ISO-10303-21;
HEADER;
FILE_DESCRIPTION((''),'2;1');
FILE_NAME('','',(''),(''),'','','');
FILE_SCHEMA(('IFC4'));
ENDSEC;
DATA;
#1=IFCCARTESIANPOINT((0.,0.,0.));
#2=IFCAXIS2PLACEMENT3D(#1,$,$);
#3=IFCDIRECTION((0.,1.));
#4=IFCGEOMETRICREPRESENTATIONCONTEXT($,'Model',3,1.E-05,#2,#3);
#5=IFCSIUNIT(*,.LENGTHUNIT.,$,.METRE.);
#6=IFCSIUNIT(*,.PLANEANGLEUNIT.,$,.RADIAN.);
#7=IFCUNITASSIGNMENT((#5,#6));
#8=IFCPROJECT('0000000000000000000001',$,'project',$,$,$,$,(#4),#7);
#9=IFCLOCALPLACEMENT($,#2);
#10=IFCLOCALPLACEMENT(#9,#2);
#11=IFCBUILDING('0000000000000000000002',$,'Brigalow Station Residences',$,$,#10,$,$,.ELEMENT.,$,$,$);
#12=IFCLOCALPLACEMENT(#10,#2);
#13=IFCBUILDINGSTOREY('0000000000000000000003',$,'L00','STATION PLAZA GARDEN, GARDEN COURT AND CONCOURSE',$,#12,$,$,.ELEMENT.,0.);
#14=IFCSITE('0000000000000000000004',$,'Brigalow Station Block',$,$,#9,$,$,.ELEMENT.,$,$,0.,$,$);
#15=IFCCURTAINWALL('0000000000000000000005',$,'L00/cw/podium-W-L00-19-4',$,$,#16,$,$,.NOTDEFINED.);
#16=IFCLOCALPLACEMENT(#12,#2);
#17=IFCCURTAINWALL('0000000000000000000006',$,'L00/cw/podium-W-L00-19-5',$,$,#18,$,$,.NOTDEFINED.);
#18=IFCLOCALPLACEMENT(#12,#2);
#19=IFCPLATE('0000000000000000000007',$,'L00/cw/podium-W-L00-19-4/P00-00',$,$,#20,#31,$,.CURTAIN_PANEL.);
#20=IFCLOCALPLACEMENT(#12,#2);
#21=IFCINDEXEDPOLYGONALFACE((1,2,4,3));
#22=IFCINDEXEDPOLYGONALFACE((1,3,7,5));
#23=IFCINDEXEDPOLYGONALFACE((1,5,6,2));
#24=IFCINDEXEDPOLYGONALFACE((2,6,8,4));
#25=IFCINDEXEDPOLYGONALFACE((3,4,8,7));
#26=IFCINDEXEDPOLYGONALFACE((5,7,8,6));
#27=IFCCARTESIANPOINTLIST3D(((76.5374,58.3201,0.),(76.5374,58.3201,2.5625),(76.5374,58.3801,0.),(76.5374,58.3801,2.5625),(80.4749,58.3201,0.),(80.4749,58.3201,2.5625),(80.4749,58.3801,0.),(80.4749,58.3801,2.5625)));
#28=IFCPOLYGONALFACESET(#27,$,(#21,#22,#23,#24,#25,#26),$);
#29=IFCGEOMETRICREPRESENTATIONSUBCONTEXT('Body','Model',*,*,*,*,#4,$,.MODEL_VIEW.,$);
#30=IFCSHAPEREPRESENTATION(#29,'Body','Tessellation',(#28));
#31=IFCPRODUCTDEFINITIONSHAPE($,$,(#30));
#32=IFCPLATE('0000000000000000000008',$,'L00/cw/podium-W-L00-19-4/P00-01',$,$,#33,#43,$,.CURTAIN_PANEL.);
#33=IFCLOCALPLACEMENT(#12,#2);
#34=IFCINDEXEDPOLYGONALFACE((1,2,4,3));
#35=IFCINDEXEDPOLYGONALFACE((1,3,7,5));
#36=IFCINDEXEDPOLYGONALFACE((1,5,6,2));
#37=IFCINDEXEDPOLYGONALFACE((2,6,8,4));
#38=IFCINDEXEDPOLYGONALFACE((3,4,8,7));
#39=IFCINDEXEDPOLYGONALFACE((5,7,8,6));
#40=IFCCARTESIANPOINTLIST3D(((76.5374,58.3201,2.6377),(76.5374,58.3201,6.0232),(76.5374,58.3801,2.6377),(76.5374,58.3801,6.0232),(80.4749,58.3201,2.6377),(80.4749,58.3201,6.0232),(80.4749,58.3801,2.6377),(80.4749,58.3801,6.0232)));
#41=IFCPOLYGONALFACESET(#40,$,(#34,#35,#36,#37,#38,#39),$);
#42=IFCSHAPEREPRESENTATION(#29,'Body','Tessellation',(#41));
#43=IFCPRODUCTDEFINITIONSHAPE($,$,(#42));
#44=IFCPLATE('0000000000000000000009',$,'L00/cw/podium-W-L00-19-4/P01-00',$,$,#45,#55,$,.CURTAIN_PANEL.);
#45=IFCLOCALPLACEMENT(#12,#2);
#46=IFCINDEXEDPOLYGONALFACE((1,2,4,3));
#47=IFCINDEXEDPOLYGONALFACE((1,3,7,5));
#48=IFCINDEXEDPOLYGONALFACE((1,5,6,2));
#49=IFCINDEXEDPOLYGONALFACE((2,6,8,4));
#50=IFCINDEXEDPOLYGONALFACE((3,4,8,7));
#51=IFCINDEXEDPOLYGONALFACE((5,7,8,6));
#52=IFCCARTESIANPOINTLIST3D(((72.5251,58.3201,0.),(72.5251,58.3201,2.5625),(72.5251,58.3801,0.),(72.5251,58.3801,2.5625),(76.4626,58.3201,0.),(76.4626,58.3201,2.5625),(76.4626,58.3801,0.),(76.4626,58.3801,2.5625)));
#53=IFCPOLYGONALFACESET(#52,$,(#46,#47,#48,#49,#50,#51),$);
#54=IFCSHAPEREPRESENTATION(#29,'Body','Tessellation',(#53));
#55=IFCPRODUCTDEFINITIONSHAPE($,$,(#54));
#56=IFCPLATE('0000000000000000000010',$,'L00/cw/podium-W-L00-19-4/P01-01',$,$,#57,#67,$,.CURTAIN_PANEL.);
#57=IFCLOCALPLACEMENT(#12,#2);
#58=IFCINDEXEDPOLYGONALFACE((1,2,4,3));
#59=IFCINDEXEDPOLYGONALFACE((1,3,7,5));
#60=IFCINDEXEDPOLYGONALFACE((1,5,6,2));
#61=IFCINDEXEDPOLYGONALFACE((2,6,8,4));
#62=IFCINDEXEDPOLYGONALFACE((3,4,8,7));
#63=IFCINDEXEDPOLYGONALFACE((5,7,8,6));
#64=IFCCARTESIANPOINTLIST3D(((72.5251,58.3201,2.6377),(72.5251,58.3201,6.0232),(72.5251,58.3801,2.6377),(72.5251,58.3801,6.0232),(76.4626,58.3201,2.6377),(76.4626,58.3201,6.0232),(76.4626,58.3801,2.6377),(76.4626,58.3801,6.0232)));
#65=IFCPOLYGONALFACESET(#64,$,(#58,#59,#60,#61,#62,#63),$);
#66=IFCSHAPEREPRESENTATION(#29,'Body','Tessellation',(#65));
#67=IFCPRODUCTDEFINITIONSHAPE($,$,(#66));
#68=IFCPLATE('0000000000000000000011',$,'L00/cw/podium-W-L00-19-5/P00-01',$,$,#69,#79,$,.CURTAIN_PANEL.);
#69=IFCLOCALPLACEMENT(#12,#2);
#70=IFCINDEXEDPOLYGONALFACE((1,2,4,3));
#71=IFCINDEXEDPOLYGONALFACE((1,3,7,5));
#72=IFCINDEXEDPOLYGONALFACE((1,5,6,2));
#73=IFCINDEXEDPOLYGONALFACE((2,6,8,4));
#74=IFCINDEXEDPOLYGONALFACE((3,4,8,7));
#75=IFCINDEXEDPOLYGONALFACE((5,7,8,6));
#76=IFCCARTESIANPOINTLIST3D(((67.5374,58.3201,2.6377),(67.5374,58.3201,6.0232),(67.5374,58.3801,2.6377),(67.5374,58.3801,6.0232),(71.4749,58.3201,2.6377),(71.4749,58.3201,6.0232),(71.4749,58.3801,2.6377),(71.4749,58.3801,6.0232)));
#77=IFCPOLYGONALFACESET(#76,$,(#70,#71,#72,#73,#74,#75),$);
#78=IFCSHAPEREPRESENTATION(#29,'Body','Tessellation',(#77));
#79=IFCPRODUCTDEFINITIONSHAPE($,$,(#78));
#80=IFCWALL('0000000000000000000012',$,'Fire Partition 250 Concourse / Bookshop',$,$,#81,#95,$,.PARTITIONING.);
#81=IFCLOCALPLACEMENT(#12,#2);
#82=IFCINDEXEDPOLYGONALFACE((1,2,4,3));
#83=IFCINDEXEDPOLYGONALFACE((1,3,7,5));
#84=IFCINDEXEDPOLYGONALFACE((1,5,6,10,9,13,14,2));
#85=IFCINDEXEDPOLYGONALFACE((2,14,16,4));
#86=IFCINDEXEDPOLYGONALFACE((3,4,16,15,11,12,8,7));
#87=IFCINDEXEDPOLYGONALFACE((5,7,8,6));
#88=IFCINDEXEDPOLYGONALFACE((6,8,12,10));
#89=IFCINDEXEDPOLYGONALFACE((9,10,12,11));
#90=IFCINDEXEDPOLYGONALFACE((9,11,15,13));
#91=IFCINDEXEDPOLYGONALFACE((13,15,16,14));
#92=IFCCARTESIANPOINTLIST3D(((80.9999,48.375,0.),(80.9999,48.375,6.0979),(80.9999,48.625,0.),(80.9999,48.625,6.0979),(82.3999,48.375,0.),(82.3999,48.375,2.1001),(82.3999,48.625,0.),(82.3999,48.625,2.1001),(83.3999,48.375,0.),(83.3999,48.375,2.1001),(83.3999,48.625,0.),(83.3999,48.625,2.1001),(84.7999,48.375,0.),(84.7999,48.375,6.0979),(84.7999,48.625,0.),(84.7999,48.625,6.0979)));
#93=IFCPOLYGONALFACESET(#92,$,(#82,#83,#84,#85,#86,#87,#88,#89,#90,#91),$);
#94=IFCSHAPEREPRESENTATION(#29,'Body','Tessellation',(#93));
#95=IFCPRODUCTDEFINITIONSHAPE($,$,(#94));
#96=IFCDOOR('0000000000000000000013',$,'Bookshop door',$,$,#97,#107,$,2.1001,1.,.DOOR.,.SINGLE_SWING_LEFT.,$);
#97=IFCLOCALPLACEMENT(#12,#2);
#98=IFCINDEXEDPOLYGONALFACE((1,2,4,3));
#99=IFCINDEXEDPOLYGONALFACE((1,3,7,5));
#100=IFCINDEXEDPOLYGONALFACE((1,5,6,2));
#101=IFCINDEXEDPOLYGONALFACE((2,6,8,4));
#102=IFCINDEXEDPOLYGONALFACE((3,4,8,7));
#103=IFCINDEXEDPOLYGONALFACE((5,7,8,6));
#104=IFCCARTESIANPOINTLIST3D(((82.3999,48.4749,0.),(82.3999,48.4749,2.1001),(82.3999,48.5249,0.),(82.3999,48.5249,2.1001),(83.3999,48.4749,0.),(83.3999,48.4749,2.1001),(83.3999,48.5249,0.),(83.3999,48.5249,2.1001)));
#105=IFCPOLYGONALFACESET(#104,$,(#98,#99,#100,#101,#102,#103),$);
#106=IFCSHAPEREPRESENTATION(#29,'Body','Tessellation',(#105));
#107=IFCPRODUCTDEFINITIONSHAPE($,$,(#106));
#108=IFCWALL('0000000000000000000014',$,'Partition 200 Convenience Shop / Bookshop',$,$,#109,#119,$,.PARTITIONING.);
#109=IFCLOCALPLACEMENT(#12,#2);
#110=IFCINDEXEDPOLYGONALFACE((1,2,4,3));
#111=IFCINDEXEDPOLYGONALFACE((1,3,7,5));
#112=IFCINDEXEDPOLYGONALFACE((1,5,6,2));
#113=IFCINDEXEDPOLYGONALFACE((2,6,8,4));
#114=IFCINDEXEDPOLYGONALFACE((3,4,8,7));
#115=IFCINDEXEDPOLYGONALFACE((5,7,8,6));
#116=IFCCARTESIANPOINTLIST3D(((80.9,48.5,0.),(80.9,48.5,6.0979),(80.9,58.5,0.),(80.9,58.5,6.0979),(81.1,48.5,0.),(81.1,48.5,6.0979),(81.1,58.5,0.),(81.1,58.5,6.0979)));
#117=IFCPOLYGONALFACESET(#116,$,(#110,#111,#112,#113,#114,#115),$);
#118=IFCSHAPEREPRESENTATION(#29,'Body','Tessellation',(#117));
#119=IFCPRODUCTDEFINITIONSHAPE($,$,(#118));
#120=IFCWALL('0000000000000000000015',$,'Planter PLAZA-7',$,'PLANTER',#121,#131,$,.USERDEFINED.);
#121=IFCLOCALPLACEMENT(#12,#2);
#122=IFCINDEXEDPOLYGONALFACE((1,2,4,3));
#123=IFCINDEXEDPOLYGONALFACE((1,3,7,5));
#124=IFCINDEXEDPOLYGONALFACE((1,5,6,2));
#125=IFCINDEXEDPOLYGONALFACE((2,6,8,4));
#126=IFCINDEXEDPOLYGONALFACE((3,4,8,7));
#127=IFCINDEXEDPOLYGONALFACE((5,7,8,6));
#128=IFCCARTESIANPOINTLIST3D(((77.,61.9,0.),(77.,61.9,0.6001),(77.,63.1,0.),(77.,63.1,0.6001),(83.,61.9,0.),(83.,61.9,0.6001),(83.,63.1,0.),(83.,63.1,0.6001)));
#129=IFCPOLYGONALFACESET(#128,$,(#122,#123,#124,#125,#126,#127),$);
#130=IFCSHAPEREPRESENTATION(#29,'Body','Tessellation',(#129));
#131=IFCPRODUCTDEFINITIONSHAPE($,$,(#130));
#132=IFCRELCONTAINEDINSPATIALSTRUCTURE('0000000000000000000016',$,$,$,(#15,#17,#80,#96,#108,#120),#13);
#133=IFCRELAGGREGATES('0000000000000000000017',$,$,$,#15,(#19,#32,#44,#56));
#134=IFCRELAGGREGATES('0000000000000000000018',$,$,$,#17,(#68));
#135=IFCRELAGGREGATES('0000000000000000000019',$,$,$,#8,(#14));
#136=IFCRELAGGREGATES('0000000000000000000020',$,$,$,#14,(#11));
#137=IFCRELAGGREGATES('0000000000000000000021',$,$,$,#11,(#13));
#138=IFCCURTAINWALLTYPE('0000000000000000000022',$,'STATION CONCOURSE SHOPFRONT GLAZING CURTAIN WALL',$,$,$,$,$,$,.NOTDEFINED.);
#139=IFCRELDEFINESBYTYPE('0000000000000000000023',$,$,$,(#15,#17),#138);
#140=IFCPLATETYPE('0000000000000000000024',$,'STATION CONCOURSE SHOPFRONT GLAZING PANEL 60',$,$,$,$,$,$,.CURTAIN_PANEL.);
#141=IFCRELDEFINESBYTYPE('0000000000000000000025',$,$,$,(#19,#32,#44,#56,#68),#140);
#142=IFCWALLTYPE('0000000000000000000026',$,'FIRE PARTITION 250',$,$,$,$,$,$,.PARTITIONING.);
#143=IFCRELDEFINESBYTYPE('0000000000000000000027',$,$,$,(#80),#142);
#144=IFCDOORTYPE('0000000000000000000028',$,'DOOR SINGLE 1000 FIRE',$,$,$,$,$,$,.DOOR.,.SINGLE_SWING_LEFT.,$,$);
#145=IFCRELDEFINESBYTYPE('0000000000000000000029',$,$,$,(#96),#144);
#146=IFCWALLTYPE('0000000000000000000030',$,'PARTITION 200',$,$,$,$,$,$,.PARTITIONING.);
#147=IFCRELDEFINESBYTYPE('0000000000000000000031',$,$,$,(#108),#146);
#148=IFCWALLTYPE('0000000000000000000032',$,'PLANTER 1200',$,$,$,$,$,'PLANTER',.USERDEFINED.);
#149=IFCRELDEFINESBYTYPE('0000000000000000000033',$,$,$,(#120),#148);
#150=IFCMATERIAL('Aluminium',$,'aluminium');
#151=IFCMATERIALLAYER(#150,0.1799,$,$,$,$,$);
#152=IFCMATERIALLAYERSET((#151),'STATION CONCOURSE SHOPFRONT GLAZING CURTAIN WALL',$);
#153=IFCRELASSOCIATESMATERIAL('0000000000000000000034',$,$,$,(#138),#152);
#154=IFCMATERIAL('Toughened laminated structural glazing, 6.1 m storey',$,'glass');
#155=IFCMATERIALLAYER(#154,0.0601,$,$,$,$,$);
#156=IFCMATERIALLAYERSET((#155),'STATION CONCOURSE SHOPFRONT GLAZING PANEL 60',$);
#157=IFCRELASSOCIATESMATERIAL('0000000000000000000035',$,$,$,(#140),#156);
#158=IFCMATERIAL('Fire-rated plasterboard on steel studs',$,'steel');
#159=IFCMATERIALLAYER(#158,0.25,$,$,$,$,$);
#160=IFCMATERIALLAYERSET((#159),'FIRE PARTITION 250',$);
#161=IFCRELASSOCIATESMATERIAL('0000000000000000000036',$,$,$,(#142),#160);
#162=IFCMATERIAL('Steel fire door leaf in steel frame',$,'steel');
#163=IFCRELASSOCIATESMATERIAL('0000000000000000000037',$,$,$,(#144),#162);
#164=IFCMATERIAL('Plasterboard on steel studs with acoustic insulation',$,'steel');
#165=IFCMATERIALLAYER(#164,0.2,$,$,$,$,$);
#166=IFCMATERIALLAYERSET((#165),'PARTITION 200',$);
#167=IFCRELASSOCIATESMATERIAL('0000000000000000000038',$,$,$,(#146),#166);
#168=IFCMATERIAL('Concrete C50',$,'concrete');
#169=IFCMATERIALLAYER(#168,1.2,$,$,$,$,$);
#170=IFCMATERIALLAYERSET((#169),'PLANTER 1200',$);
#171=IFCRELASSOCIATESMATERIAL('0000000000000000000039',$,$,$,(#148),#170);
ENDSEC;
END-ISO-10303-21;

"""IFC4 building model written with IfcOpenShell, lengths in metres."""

from ifc_helpers import new_model, si_unit, direction, frame, frame_2d, origin, origin_2d, place, context, subcontext, project, spatial, rectangle, extrude, material, layer, layer_set, type_object, element, fill, aggregate, save


model = new_model("IFC4")

# Units and contexts
model_context = context("Model", 3, precision=1e-05, world=origin(), true_north=direction((0.0, 1.0)))
body_context = subcontext(model_context, "Body", "Model", "MODEL_VIEW")
ifc_project = project(units=[si_unit("LENGTHUNIT", "METRE"), si_unit("PLANEANGLEUNIT", "RADIAN")], contexts=[model_context])

# Site, building, storey
site_placement = place(None, origin())
site = spatial("IfcSite", under=ifc_project, at=site_placement, Name="Brigalow Station Block", CompositionType="ELEMENT", RefElevation=0.0)
building_placement = place(site_placement, origin())
building = spatial("IfcBuilding", under=site, at=building_placement, Name="Brigalow Station Residences", CompositionType="ELEMENT")
storey_placement = place(building_placement, origin())
storey = spatial("IfcBuildingStorey", under=building, at=storey_placement, Name="L00", Description="STATION PLAZA GARDEN, GARDEN COURT AND CONCOURSE", CompositionType="ELEMENT", Elevation=0.0)

# Curtain wall
ifc_material_1 = material(Name="Aluminium", Category="aluminium")
ifc_layer_1 = layer(ifc_material_1, 0.1799)
ifc_layer_set_1 = layer_set([ifc_layer_1], Name="STATION CONCOURSE SHOPFRONT GLAZING CURTAIN WALL")
curtain_wall_type = type_object("IfcCurtainWallType", Name="STATION CONCOURSE SHOPFRONT GLAZING CURTAIN WALL", PredefinedType="NOTDEFINED", material=ifc_layer_set_1)
curtain_wall_1_placement = place(storey_placement, origin())
curtain_wall_1 = element("IfcCurtainWall", 1, at=curtain_wall_1_placement, inside=storey, type_object=curtain_wall_type, Name="L00/cw/podium-W-L00-19-4", PredefinedType="NOTDEFINED")

# Curtain wall
curtain_wall_2_placement = place(storey_placement, origin())
curtain_wall_2 = element("IfcCurtainWall", 2, at=curtain_wall_2_placement, inside=storey, type_object=curtain_wall_type, Name="L00/cw/podium-W-L00-19-5", PredefinedType="NOTDEFINED")

# Plates
ifc_material_2 = material(Name="Toughened laminated structural glazing, 6.1 m storey", Category="glass")
ifc_layer_2 = layer(ifc_material_2, 0.0601)
ifc_layer_set_2 = layer_set([ifc_layer_2], Name="STATION CONCOURSE SHOPFRONT GLAZING PANEL 60")
plate_type = type_object("IfcPlateType", Name="STATION CONCOURSE SHOPFRONT GLAZING PANEL 60", PredefinedType="CURTAIN_PANEL", material=ifc_layer_set_2)
plate_1_placement = place(storey_placement, frame((78.5061, 58.3501, 0.0), z_axis=(0.0, 0.0, 1.0), x_axis=(-1.0, 0.0, 0.0)))
plate_1 = element("IfcPlate", 3, at=plate_1_placement, type_object=plate_type, Name="L00/cw/podium-W-L00-19-4/P00-00", PredefinedType="CURTAIN_PANEL", context=body_context, shape_type="SweptSolid", body=[
    extrude(rectangle(XDim=3.9375, YDim=0.0601, at=origin_2d()), origin(), (0.0, 0.0, 1.0), 2.5625),
])
plate_2_placement = place(storey_placement, frame((78.5061, 58.3501, 2.6377), z_axis=(0.0, 0.0, 1.0), x_axis=(-1.0, 0.0, 0.0)))
plate_2 = element("IfcPlate", 4, at=plate_2_placement, type_object=plate_type, Name="L00/cw/podium-W-L00-19-4/P00-01", PredefinedType="CURTAIN_PANEL", context=body_context, shape_type="SweptSolid", body=[
    extrude(rectangle(XDim=3.9375, YDim=0.0601, at=origin_2d()), origin(), (0.0, 0.0, 1.0), 3.3855),
])
plate_3_placement = place(storey_placement, frame((74.4939, 58.3501, 0.0), z_axis=(0.0, 0.0, 1.0), x_axis=(-1.0, 0.0, 0.0)))
plate_3 = element("IfcPlate", 5, at=plate_3_placement, type_object=plate_type, Name="L00/cw/podium-W-L00-19-4/P01-00", PredefinedType="CURTAIN_PANEL", context=body_context, shape_type="SweptSolid", body=[
    extrude(rectangle(XDim=3.9375, YDim=0.0601, at=origin_2d()), origin(), (0.0, 0.0, 1.0), 2.5625),
])
plate_4_placement = place(storey_placement, frame((74.4939, 58.3501, 2.6377), z_axis=(0.0, 0.0, 1.0), x_axis=(-1.0, 0.0, 0.0)))
plate_4 = element("IfcPlate", 6, at=plate_4_placement, type_object=plate_type, Name="L00/cw/podium-W-L00-19-4/P01-01", PredefinedType="CURTAIN_PANEL", context=body_context, shape_type="SweptSolid", body=[
    extrude(rectangle(XDim=3.9375, YDim=0.0601, at=origin_2d()), origin(), (0.0, 0.0, 1.0), 3.3855),
])
aggregate(curtain_wall_1, [plate_1, plate_2, plate_3, plate_4])
plate_5_placement = place(storey_placement, frame((69.5061, 58.3501, 2.6377), z_axis=(0.0, 0.0, 1.0), x_axis=(-1.0, 0.0, 0.0)))
plate_5 = element("IfcPlate", 7, at=plate_5_placement, type_object=plate_type, Name="L00/cw/podium-W-L00-19-5/P00-01", PredefinedType="CURTAIN_PANEL", context=body_context, shape_type="SweptSolid", body=[
    extrude(rectangle(XDim=3.9375, YDim=0.0601, at=origin_2d()), origin(), (0.0, 0.0, 1.0), 3.3855),
])
aggregate(curtain_wall_2, [plate_5])

# Wall, opening, door
ifc_material_3 = material(Name="Fire-rated plasterboard on steel studs", Category="steel")
ifc_layer_3 = layer(ifc_material_3, 0.25)
ifc_layer_set_3 = layer_set([ifc_layer_3], Name="FIRE PARTITION 250")
wall_type_1 = type_object("IfcWallType", Name="FIRE PARTITION 250", PredefinedType="PARTITIONING", material=ifc_layer_set_3)
wall_1_placement = place(storey_placement, frame((81.0, 48.5, 0.0), z_axis=(0.0, 0.0, 1.0), x_axis=(1.0, 0.0, 0.0)))
wall_1 = element("IfcWall", 8, at=wall_1_placement, inside=storey, type_object=wall_type_1, Name="Fire Partition 250 Concourse / Bookshop", PredefinedType="PARTITIONING", context=body_context, shape_type="SweptSolid", body=[
    extrude(rectangle(XDim=3.8, YDim=0.25, at=frame_2d((1.8999, 0.0))), origin(), (0.0, 0.0, 1.0), 6.0979),
])
opening_placement = place(wall_1_placement, frame((1.3999, 0.0, 0.0)))
opening = element("IfcOpeningElement", 9, at=opening_placement, cuts=wall_1, PredefinedType="OPENING", context=body_context, shape_type="SweptSolid", body=[
    extrude(rectangle(XDim=1.0, YDim=2.1001, at=frame_2d((0.5, 1.05))), frame((0.0, 0.135, 0.0), z_axis=(0.0, -1.0, 0.0), x_axis=(1.0, 0.0, 0.0)), (0.0, 0.0, 1.0), 0.27),
])
ifc_material_4 = material(Name="Steel fire door leaf in steel frame", Category="steel")
door_type = type_object("IfcDoorType", Name="DOOR SINGLE 1000 FIRE", OperationType="SINGLE_SWING_LEFT", PredefinedType="DOOR", material=ifc_material_4)
door_placement = place(opening_placement, origin())
door = element("IfcDoor", 10, at=door_placement, inside=storey, type_object=door_type, Name="Bookshop door", OperationType="SINGLE_SWING_LEFT", OverallHeight=2.1001, OverallWidth=1.0, PredefinedType="DOOR", context=body_context, shape_type="SweptSolid", body=[
    extrude(rectangle(XDim=1.0, YDim=2.1001, at=frame_2d((0.5, 1.05))), frame((0.0, 0.0249, 0.0), z_axis=(0.0, -1.0, 0.0), x_axis=(1.0, 0.0, 0.0)), (0.0, 0.0, 1.0), 0.05),
])
fill(opening, door)

# Walls
ifc_material_5 = material(Name="Plasterboard on steel studs with acoustic insulation", Category="steel")
ifc_layer_4 = layer(ifc_material_5, 0.2)
ifc_layer_set_4 = layer_set([ifc_layer_4], Name="PARTITION 200")
wall_type_2 = type_object("IfcWallType", Name="PARTITION 200", PredefinedType="PARTITIONING", material=ifc_layer_set_4)
wall_2_placement = place(storey_placement, frame((81.0, 48.5, 0.0), z_axis=(0.0, 0.0, 1.0), x_axis=(0.0, 1.0, 0.0)))
element("IfcWall", 11, at=wall_2_placement, inside=storey, type_object=wall_type_2, Name="Partition 200 Convenience Shop / Bookshop", PredefinedType="PARTITIONING", context=body_context, shape_type="SweptSolid", body=[
    extrude(rectangle(XDim=10.0, YDim=0.2, at=frame_2d((5.0, 0.0))), origin(), (0.0, 0.0, 1.0), 6.0979),
])
ifc_material_6 = material(Name="Concrete C50", Category="concrete")
ifc_layer_5 = layer(ifc_material_6, 1.2)
ifc_layer_set_5 = layer_set([ifc_layer_5], Name="PLANTER 1200")
wall_type_3 = type_object("IfcWallType", Name="PLANTER 1200", ElementType="PLANTER", PredefinedType="USERDEFINED", material=ifc_layer_set_5)
wall_3_placement = place(storey_placement, frame((77.0, 62.5, 0.0), z_axis=(0.0, 0.0, 1.0), x_axis=(1.0, 0.0, 0.0)))
element("IfcWall", 12, at=wall_3_placement, inside=storey, type_object=wall_type_3, Name="Planter PLAZA-7", ObjectType="PLANTER", PredefinedType="USERDEFINED", context=body_context, shape_type="SweptSolid", body=[
    extrude(rectangle(XDim=6.0, YDim=1.2, at=frame_2d((3.0, 0.0))), origin(), (0.0, 0.0, 1.0), 0.6001),
])

save(model, "model.ifc")
